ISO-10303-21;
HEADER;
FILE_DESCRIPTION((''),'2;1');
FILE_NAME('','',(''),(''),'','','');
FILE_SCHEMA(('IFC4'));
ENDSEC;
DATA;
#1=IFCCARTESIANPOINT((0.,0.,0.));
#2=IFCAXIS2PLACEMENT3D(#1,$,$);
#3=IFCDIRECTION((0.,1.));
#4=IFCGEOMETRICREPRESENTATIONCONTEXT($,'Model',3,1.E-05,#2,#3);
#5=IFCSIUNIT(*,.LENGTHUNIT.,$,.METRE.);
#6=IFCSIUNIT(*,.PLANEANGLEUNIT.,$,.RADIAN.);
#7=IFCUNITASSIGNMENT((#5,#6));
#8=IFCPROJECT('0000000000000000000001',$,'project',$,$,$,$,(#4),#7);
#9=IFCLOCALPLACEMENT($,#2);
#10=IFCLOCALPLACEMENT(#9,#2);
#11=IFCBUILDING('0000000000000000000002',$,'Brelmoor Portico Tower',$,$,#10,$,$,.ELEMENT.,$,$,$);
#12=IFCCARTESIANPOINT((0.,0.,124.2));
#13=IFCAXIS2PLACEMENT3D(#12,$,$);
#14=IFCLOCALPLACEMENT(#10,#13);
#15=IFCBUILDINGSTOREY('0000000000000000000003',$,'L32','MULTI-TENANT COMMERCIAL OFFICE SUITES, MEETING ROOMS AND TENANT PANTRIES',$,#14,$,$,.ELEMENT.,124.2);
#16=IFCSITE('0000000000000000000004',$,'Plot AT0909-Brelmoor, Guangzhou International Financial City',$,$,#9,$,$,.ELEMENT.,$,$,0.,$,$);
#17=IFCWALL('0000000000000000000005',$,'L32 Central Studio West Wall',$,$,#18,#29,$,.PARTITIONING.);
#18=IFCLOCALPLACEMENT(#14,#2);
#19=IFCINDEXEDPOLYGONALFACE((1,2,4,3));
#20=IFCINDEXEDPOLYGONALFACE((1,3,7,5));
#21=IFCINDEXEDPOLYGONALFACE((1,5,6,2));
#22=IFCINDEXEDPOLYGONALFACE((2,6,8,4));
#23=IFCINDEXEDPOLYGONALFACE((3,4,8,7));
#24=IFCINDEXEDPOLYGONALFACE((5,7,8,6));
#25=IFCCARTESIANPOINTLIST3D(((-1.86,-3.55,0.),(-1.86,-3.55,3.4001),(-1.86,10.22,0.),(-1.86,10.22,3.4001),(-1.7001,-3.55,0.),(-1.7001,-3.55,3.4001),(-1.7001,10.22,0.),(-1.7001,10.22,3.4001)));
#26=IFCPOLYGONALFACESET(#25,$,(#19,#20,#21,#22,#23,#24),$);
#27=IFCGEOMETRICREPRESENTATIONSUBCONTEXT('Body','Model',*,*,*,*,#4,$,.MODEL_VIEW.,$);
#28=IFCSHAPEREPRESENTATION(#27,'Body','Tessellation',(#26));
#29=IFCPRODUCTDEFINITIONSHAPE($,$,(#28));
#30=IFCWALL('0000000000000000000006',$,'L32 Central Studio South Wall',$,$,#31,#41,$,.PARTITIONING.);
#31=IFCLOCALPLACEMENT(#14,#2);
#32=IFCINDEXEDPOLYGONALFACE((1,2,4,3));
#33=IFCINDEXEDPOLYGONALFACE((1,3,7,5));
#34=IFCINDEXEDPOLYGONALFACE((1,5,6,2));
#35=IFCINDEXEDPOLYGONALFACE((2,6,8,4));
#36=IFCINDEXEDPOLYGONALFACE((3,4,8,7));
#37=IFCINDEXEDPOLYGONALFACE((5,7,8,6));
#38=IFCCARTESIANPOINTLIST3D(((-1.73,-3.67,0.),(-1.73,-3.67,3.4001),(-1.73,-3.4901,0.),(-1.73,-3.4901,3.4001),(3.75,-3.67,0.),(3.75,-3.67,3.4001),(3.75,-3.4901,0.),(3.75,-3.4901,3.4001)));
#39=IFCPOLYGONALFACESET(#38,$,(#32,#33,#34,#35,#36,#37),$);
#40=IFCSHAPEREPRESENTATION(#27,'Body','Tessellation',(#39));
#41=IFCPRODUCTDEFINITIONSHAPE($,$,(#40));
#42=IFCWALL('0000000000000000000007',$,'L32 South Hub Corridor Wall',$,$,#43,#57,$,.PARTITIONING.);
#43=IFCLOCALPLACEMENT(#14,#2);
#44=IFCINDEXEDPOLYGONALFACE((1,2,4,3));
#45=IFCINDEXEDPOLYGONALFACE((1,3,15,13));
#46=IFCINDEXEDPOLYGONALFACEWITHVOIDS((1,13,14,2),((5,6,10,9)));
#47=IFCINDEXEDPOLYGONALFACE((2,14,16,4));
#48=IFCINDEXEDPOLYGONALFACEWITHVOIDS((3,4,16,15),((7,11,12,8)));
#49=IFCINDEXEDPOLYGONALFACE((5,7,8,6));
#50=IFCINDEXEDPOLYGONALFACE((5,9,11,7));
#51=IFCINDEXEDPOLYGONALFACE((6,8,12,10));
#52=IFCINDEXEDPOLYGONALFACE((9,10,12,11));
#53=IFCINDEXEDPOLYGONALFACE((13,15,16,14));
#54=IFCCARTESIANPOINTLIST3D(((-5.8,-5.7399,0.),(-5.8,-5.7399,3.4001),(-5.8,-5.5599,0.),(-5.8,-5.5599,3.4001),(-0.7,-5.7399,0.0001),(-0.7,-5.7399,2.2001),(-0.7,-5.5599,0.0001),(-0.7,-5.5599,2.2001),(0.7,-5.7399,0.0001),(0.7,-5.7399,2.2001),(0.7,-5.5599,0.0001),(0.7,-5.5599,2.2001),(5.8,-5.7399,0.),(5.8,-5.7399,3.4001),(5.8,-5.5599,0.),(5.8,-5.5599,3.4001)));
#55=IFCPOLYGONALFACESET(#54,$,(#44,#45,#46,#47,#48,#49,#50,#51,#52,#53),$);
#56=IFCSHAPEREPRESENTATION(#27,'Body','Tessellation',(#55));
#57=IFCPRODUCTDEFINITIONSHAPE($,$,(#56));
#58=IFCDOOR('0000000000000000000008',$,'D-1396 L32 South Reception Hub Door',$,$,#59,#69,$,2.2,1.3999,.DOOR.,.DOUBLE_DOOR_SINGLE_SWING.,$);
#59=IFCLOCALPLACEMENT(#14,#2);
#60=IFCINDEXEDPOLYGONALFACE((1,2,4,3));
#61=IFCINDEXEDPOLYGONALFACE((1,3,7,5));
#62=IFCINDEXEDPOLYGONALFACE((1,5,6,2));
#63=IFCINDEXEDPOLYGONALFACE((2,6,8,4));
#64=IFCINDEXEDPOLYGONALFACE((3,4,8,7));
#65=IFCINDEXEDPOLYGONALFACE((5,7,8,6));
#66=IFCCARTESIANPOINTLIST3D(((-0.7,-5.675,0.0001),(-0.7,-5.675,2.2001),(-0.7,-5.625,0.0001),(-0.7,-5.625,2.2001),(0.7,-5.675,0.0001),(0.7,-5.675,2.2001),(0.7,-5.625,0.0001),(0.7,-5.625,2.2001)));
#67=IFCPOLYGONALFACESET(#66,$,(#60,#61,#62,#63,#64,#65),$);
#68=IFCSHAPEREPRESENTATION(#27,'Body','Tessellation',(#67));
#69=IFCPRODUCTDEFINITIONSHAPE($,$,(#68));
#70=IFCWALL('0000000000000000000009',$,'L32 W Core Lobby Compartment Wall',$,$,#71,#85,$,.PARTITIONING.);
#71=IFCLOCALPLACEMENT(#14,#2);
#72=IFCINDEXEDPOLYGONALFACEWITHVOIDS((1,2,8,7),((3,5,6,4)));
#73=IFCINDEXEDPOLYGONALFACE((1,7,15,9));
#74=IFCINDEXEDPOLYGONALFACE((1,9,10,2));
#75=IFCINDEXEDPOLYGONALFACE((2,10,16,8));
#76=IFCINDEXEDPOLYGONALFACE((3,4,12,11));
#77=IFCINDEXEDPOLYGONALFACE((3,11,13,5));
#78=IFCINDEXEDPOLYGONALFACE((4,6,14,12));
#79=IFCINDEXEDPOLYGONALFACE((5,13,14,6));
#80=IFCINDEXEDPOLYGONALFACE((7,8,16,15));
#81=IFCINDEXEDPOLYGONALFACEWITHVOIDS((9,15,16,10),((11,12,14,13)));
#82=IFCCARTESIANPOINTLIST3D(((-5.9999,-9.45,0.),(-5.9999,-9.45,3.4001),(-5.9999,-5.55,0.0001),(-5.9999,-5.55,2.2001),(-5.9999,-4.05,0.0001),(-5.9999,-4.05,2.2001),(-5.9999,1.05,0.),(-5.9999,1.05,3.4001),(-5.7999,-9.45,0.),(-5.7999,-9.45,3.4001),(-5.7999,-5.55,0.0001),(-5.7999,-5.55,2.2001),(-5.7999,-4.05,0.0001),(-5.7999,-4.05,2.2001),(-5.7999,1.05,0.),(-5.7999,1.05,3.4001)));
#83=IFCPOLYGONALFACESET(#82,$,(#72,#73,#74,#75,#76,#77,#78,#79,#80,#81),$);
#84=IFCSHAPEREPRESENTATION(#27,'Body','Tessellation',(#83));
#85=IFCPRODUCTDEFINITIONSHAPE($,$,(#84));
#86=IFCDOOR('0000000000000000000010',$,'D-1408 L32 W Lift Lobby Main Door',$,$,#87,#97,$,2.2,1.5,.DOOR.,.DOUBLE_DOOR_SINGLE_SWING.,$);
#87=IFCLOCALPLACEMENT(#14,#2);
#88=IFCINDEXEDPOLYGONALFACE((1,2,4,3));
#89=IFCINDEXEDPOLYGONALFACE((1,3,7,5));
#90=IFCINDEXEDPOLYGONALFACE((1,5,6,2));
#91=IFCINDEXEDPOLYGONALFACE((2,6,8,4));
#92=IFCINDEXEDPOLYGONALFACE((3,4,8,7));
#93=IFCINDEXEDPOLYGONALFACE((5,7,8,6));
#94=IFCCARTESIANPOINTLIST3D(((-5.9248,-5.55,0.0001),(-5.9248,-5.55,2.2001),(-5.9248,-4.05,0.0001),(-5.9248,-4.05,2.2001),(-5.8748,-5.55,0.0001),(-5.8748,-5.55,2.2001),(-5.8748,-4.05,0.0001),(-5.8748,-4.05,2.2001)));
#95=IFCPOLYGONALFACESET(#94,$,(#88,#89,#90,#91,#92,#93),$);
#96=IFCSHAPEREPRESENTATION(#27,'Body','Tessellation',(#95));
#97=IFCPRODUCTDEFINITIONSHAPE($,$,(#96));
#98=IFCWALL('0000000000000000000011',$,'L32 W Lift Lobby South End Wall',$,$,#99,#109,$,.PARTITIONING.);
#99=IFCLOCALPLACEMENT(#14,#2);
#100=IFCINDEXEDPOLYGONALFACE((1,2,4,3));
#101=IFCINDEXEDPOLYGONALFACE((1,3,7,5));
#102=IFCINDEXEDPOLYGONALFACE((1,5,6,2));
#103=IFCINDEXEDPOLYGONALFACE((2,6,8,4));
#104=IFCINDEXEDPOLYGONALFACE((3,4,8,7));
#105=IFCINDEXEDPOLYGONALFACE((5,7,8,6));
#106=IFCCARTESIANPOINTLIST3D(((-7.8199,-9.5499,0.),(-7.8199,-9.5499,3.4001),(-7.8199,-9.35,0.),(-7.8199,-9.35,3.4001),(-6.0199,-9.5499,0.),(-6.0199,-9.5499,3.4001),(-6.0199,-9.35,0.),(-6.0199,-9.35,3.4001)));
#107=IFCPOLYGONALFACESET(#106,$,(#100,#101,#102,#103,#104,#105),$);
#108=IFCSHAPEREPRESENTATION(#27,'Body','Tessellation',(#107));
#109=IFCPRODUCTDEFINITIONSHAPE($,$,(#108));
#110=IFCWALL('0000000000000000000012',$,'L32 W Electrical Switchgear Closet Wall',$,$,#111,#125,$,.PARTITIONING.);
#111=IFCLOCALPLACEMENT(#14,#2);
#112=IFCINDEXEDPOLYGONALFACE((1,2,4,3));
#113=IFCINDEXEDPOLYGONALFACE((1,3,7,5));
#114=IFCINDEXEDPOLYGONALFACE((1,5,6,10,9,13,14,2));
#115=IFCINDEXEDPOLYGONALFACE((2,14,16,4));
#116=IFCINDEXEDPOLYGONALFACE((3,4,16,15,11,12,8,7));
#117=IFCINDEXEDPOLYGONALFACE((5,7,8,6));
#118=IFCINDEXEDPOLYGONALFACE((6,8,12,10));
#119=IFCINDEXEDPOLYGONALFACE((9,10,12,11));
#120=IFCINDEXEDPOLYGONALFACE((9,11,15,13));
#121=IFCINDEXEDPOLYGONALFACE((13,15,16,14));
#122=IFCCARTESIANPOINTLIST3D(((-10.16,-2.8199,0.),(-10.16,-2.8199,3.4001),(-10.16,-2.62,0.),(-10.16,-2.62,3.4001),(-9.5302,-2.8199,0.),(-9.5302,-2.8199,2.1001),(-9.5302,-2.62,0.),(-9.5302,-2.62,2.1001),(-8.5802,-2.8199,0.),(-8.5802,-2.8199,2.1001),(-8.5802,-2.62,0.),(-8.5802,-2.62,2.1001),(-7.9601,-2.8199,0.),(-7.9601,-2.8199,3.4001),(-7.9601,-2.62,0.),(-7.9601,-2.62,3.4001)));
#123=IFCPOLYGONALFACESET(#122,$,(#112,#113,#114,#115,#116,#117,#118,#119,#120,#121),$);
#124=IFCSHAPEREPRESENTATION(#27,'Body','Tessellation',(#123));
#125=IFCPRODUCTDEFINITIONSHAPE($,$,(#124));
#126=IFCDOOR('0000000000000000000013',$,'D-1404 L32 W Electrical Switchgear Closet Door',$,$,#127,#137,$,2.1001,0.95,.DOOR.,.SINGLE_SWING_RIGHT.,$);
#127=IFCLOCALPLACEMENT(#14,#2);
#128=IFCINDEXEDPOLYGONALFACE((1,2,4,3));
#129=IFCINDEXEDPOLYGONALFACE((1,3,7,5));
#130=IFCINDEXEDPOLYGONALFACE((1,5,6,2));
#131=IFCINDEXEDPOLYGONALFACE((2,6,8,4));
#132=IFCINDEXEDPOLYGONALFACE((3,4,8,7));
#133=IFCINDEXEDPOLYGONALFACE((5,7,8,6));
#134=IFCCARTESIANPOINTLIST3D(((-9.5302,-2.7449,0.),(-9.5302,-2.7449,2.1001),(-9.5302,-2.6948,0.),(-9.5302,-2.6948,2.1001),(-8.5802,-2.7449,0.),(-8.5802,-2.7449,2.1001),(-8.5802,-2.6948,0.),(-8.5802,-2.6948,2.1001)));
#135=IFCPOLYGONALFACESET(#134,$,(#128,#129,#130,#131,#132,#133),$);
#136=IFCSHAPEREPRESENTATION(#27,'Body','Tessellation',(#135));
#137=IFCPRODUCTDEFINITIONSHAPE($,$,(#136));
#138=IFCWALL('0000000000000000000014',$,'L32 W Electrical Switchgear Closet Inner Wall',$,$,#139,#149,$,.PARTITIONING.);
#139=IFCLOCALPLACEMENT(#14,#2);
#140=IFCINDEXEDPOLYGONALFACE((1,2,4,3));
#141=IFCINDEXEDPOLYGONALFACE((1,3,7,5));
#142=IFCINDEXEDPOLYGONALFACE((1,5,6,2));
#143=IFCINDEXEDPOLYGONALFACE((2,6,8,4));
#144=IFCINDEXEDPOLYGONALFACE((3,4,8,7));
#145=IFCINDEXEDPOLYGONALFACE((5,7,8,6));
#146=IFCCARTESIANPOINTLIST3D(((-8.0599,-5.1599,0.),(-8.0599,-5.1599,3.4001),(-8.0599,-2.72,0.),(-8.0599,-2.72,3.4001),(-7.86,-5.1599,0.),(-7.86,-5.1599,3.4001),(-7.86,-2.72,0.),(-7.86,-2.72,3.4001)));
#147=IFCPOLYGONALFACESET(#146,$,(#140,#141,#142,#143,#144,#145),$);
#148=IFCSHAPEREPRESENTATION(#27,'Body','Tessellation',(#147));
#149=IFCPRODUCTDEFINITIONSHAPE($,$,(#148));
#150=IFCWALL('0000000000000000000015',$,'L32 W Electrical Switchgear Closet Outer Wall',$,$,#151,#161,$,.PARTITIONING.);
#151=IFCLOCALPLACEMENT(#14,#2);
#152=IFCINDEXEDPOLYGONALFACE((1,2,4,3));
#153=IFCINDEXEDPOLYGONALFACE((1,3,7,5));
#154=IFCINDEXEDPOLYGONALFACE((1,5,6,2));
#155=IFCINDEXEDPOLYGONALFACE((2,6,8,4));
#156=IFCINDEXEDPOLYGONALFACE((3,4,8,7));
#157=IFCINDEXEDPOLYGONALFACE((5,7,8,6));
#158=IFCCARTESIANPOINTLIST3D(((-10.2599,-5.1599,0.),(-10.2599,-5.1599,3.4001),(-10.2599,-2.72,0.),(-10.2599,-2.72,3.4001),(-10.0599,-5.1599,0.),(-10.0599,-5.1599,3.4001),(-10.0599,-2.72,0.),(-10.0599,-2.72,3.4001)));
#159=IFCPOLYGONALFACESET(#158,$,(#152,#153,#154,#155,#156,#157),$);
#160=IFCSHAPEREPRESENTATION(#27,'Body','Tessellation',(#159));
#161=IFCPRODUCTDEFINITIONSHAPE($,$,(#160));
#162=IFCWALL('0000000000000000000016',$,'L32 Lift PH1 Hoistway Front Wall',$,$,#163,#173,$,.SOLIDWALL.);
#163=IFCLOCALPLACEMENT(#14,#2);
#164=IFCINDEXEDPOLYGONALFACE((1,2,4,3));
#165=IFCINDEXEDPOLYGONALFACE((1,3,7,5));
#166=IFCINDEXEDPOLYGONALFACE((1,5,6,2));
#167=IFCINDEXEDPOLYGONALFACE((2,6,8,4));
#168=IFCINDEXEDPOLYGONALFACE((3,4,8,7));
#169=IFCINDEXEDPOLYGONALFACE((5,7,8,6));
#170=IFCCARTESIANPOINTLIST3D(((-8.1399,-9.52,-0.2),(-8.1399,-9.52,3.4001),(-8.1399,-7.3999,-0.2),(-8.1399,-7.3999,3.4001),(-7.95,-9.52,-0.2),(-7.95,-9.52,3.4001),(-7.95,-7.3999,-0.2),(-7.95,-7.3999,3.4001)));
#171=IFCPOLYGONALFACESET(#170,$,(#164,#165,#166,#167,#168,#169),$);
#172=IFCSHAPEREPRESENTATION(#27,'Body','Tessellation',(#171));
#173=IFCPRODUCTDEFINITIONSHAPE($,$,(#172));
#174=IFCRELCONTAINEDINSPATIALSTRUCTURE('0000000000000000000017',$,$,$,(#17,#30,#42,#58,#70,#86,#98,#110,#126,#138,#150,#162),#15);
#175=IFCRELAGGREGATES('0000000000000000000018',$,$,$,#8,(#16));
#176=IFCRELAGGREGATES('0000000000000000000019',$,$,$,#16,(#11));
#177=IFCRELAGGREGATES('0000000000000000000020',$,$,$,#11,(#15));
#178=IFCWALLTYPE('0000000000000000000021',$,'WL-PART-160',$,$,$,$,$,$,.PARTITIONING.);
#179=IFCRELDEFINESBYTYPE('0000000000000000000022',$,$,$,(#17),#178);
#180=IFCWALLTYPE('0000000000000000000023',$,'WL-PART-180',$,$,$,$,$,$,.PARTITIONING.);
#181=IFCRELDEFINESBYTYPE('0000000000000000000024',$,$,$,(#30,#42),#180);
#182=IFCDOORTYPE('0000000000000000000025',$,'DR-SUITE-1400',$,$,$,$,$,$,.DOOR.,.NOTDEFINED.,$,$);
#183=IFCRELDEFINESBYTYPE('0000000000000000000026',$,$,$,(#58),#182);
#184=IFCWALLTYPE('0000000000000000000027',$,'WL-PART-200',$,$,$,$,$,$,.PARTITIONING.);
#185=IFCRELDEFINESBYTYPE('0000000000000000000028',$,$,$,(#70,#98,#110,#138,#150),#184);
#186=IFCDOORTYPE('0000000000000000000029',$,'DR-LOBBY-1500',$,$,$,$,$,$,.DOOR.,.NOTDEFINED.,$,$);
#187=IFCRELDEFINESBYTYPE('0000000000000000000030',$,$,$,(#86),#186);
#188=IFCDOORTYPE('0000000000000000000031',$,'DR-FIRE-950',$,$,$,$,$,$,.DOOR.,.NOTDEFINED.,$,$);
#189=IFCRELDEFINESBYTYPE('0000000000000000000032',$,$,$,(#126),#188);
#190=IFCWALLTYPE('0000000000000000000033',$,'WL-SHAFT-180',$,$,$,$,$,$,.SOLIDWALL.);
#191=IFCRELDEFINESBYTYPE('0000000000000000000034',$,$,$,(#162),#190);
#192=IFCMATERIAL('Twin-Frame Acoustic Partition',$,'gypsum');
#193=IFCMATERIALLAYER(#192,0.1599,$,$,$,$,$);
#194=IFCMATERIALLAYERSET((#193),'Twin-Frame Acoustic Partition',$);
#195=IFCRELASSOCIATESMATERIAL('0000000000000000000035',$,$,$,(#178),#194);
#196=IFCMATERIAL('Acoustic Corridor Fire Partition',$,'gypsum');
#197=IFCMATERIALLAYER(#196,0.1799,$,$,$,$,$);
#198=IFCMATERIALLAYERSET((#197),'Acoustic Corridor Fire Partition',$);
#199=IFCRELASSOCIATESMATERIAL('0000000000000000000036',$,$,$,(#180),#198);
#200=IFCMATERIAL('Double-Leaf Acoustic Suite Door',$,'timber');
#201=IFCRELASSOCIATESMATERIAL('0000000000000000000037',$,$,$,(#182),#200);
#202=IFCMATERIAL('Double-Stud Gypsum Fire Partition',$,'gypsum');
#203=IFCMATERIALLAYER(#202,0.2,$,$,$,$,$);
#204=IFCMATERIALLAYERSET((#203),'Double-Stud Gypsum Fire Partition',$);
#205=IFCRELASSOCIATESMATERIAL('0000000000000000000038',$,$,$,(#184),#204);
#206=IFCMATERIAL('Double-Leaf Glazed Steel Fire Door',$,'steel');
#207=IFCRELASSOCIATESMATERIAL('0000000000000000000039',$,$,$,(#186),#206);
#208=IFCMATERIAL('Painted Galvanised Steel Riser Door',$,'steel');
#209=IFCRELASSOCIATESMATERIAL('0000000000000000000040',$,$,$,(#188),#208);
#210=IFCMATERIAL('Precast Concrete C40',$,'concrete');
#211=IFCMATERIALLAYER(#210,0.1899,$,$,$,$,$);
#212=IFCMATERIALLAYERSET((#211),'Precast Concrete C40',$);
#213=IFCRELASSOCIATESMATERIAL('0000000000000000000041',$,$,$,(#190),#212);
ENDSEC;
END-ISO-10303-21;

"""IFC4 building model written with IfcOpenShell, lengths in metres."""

from ifc_helpers import new_model, si_unit, direction, frame, frame_2d, origin, place, context, subcontext, project, spatial, rectangle, extrude, material, layer, layer_set, type_object, element, fill, save


model = new_model("IFC4")

# Units and contexts
model_context = context("Model", 3, precision=1e-05, world=origin(), true_north=direction((0.0, 1.0)))
body_context = subcontext(model_context, "Body", "Model", "MODEL_VIEW")
ifc_project = project(units=[si_unit("LENGTHUNIT", "METRE"), si_unit("PLANEANGLEUNIT", "RADIAN")], contexts=[model_context])

# Site, building, storey
site_placement = place(None, origin())
site = spatial("IfcSite", under=ifc_project, at=site_placement, Name="Plot AT0909-Brelmoor, Guangzhou International Financial City", CompositionType="ELEMENT", RefElevation=0.0)
building_placement = place(site_placement, origin())
building = spatial("IfcBuilding", under=site, at=building_placement, Name="Brelmoor Portico Tower", CompositionType="ELEMENT")
storey_placement = place(building_placement, frame((0.0, 0.0, 124.2)))
storey = spatial("IfcBuildingStorey", under=building, at=storey_placement, Name="L32", Description="MULTI-TENANT COMMERCIAL OFFICE SUITES, MEETING ROOMS AND TENANT PANTRIES", CompositionType="ELEMENT", Elevation=124.2)

# Shared definitions
ifc_material_1 = material(Name="Twin-Frame Acoustic Partition", Category="gypsum")
ifc_layer_1 = layer(ifc_material_1, 0.1599)
ifc_layer_set_1 = layer_set([ifc_layer_1], Name="Twin-Frame Acoustic Partition")
wall_type_1 = type_object("IfcWallType", Name="WL-PART-160", PredefinedType="PARTITIONING", material=ifc_layer_set_1)

# Walls
wall_1_placement = place(storey_placement, frame((-1.78, -3.55, 0.0), z_axis=(0.0, 0.0, 1.0), x_axis=(0.0, 1.0, 0.0)))
element("IfcWall", 1, at=wall_1_placement, inside=storey, type_object=wall_type_1, Name="L32 Central Studio West Wall", PredefinedType="PARTITIONING", context=body_context, shape_type="SweptSolid", body=[
    extrude(rectangle(XDim=13.77, YDim=0.1599, at=frame_2d((6.885, 0.0))), origin(), (0.0, 0.0, 1.0), 3.4001),
])
ifc_material_2 = material(Name="Acoustic Corridor Fire Partition", Category="gypsum")
ifc_layer_2 = layer(ifc_material_2, 0.1799)
ifc_layer_set_2 = layer_set([ifc_layer_2], Name="Acoustic Corridor Fire Partition")
wall_type_2 = type_object("IfcWallType", Name="WL-PART-180", PredefinedType="PARTITIONING", material=ifc_layer_set_2)
wall_2_placement = place(storey_placement, frame((-1.73, -3.5801, 0.0), z_axis=(0.0, 0.0, 1.0), x_axis=(1.0, 0.0, 0.0)))
element("IfcWall", 2, at=wall_2_placement, inside=storey, type_object=wall_type_2, Name="L32 Central Studio South Wall", PredefinedType="PARTITIONING", context=body_context, shape_type="SweptSolid", body=[
    extrude(rectangle(XDim=5.48, YDim=0.1799, at=frame_2d((2.74, 0.0))), origin(), (0.0, 0.0, 1.0), 3.4001),
])

# Walls, openings, doors
wall_3_placement = place(storey_placement, frame((-5.8, -5.6499, 0.0), z_axis=(0.0, 0.0, 1.0), x_axis=(1.0, 0.0, 0.0)))
wall_3 = element("IfcWall", 3, at=wall_3_placement, inside=storey, type_object=wall_type_2, Name="L32 South Hub Corridor Wall", PredefinedType="PARTITIONING", context=body_context, shape_type="SweptSolid", body=[
    extrude(rectangle(XDim=11.6001, YDim=0.1799, at=frame_2d((5.8, 0.0))), origin(), (0.0, 0.0, 1.0), 3.4001),
])
opening_1_placement = place(wall_3_placement, frame((5.1001, 0.0, 0.0)))
opening_1 = element("IfcOpeningElement", 4, at=opening_1_placement, cuts=wall_3, PredefinedType="OPENING", context=body_context, shape_type="SweptSolid", body=[
    extrude(rectangle(XDim=1.3999, YDim=2.2, at=frame_2d((0.7, 1.1001))), frame((0.0, 0.0999, 0.0), z_axis=(0.0, -1.0, 0.0), x_axis=(1.0, 0.0, 0.0)), (0.0, 0.0, 1.0), 0.2),
])
ifc_material_3 = material(Name="Double-Leaf Acoustic Suite Door", Category="timber")
door_type_1 = type_object("IfcDoorType", Name="DR-SUITE-1400", OperationType="NOTDEFINED", PredefinedType="DOOR", material=ifc_material_3)
door_1_placement = place(opening_1_placement, origin())
door_1 = element("IfcDoor", 5, at=door_1_placement, inside=storey, type_object=door_type_1, Name="D-1396 L32 South Reception Hub Door", OperationType="DOUBLE_DOOR_SINGLE_SWING", OverallHeight=2.2, OverallWidth=1.3999, PredefinedType="DOOR", context=body_context, shape_type="SweptSolid", body=[
    extrude(rectangle(XDim=1.3999, YDim=2.2, at=frame_2d((0.7, 1.1001))), frame((0.0, 0.0249, 0.0), z_axis=(0.0, -1.0, 0.0), x_axis=(1.0, 0.0, 0.0)), (0.0, 0.0, 1.0), 0.05),
])
fill(opening_1, door_1)
ifc_material_4 = material(Name="Double-Stud Gypsum Fire Partition", Category="gypsum")
ifc_layer_3 = layer(ifc_material_4, 0.2)
ifc_layer_set_3 = layer_set([ifc_layer_3], Name="Double-Stud Gypsum Fire Partition")
wall_type_3 = type_object("IfcWallType", Name="WL-PART-200", PredefinedType="PARTITIONING", material=ifc_layer_set_3)
wall_4_placement = place(storey_placement, frame((-5.8999, -9.45, 0.0), z_axis=(0.0, 0.0, 1.0), x_axis=(0.0, 1.0, 0.0)))
wall_4 = element("IfcWall", 6, at=wall_4_placement, inside=storey, type_object=wall_type_3, Name="L32 W Core Lobby Compartment Wall", PredefinedType="PARTITIONING", context=body_context, shape_type="SweptSolid", body=[
    extrude(rectangle(XDim=10.5, YDim=0.2, at=frame_2d((5.25, 0.0))), origin(), (0.0, 0.0, 1.0), 3.4001),
])
opening_2_placement = place(wall_4_placement, frame((3.8999, 0.0, 0.0)))
opening_2 = element("IfcOpeningElement", 7, at=opening_2_placement, cuts=wall_4, PredefinedType="OPENING", context=body_context, shape_type="SweptSolid", body=[
    extrude(rectangle(XDim=1.5, YDim=2.2, at=frame_2d((0.75, 1.1001))), frame((0.0, 0.1099, 0.0), z_axis=(0.0, -1.0, 0.0), x_axis=(1.0, 0.0, 0.0)), (0.0, 0.0, 1.0), 0.22),
])
ifc_material_5 = material(Name="Double-Leaf Glazed Steel Fire Door", Category="steel")
door_type_2 = type_object("IfcDoorType", Name="DR-LOBBY-1500", OperationType="NOTDEFINED", PredefinedType="DOOR", material=ifc_material_5)
door_2_placement = place(opening_2_placement, origin())
door_2 = element("IfcDoor", 8, at=door_2_placement, inside=storey, type_object=door_type_2, Name="D-1408 L32 W Lift Lobby Main Door", OperationType="DOUBLE_DOOR_SINGLE_SWING", OverallHeight=2.2, OverallWidth=1.5, PredefinedType="DOOR", context=body_context, shape_type="SweptSolid", body=[
    extrude(rectangle(XDim=1.5, YDim=2.2, at=frame_2d((0.75, 1.1001))), frame((0.0, 0.0249, 0.0), z_axis=(0.0, -1.0, 0.0), x_axis=(1.0, 0.0, 0.0)), (0.0, 0.0, 1.0), 0.05),
])
fill(opening_2, door_2)

# Wall
wall_5_placement = place(storey_placement, frame((-6.02, -9.45, 0.0), z_axis=(0.0, 0.0, 1.0), x_axis=(-1.0, 0.0, 0.0)))
element("IfcWall", 9, at=wall_5_placement, inside=storey, type_object=wall_type_3, Name="L32 W Lift Lobby South End Wall", PredefinedType="PARTITIONING", context=body_context, shape_type="SweptSolid", body=[
    extrude(rectangle(XDim=1.8, YDim=0.2, at=frame_2d((0.8999, 0.0))), origin(), (0.0, 0.0, 1.0), 3.4001),
])

# Wall, opening, door
wall_6_placement = place(storey_placement, frame((-7.96, -2.72, 0.0), z_axis=(0.0, 0.0, 1.0), x_axis=(-1.0, 0.0, 0.0)))
wall_6 = element("IfcWall", 10, at=wall_6_placement, inside=storey, type_object=wall_type_3, Name="L32 W Electrical Switchgear Closet Wall", PredefinedType="PARTITIONING", context=body_context, shape_type="SweptSolid", body=[
    extrude(rectangle(XDim=2.2, YDim=0.2, at=frame_2d((1.1001, 0.0))), origin(), (0.0, 0.0, 1.0), 3.4001),
])
opening_3_placement = place(wall_6_placement, frame((0.6201, 0.0, 0.0)))
opening_3 = element("IfcOpeningElement", 11, at=opening_3_placement, cuts=wall_6, PredefinedType="OPENING", context=body_context, shape_type="SweptSolid", body=[
    extrude(rectangle(XDim=0.95, YDim=2.1001, at=frame_2d((0.4751, 1.05))), frame((0.0, 0.1099, 0.0), z_axis=(0.0, -1.0, 0.0), x_axis=(1.0, 0.0, 0.0)), (0.0, 0.0, 1.0), 0.22),
])
ifc_material_6 = material(Name="Painted Galvanised Steel Riser Door", Category="steel")
door_type_3 = type_object("IfcDoorType", Name="DR-FIRE-950", OperationType="NOTDEFINED", PredefinedType="DOOR", material=ifc_material_6)
door_3_placement = place(opening_3_placement, origin())
door_3 = element("IfcDoor", 12, at=door_3_placement, inside=storey, type_object=door_type_3, Name="D-1404 L32 W Electrical Switchgear Closet Door", OperationType="SINGLE_SWING_RIGHT", OverallHeight=2.1001, OverallWidth=0.95, PredefinedType="DOOR", context=body_context, shape_type="SweptSolid", body=[
    extrude(rectangle(XDim=0.95, YDim=2.1001, at=frame_2d((0.4751, 1.05))), frame((0.0, 0.0249, 0.0), z_axis=(0.0, -1.0, 0.0), x_axis=(1.0, 0.0, 0.0)), (0.0, 0.0, 1.0), 0.05),
])
fill(opening_3, door_3)

# Walls
for number, where, z_axis, x_axis, name in (
    (13, (-7.96, -5.1599, 0.0), (0.0, 0.0, 1.0), (0.0, 1.0, 0.0), "L32 W Electrical Switchgear Closet Inner Wall"),
    (14, (-10.1599, -5.1599, 0.0), (0.0, 0.0, 1.0), (0.0, 1.0, 0.0), "L32 W Electrical Switchgear Closet Outer Wall"),
):
    element("IfcWall", number, at=place(storey_placement, frame(where, z_axis=z_axis, x_axis=x_axis)), inside=storey, type_object=wall_type_3, Name=name, PredefinedType="PARTITIONING", context=body_context, shape_type="SweptSolid", body=[
        extrude(rectangle(XDim=2.4399, YDim=0.2, at=frame_2d((1.22, 0.0))), origin(), (0.0, 0.0, 1.0), 3.4001),
    ])
ifc_material_7 = material(Name="Precast Concrete C40", Category="concrete")
ifc_layer_4 = layer(ifc_material_7, 0.1899)
ifc_layer_set_4 = layer_set([ifc_layer_4], Name="Precast Concrete C40")
wall_type_4 = type_object("IfcWallType", Name="WL-SHAFT-180", PredefinedType="SOLIDWALL", material=ifc_layer_set_4)
for number, where, z_axis, x_axis, name in (
    (15, (-8.0449, -9.52, -0.2), (0.0, 0.0, 1.0), (0.0, 1.0, 0.0), "L32 Lift PH1 Hoistway Front Wall"),
):
    element("IfcWall", number, at=place(storey_placement, frame(where, z_axis=z_axis, x_axis=x_axis)), inside=storey, type_object=wall_type_4, Name=name, PredefinedType="SOLIDWALL", context=body_context, shape_type="SweptSolid", body=[
        extrude(rectangle(XDim=2.1201, YDim=0.1899, at=frame_2d((1.0601, 0.0))), origin(), (0.0, 0.0, 1.0), 3.6001),
    ])

save(model, "model.ifc")
